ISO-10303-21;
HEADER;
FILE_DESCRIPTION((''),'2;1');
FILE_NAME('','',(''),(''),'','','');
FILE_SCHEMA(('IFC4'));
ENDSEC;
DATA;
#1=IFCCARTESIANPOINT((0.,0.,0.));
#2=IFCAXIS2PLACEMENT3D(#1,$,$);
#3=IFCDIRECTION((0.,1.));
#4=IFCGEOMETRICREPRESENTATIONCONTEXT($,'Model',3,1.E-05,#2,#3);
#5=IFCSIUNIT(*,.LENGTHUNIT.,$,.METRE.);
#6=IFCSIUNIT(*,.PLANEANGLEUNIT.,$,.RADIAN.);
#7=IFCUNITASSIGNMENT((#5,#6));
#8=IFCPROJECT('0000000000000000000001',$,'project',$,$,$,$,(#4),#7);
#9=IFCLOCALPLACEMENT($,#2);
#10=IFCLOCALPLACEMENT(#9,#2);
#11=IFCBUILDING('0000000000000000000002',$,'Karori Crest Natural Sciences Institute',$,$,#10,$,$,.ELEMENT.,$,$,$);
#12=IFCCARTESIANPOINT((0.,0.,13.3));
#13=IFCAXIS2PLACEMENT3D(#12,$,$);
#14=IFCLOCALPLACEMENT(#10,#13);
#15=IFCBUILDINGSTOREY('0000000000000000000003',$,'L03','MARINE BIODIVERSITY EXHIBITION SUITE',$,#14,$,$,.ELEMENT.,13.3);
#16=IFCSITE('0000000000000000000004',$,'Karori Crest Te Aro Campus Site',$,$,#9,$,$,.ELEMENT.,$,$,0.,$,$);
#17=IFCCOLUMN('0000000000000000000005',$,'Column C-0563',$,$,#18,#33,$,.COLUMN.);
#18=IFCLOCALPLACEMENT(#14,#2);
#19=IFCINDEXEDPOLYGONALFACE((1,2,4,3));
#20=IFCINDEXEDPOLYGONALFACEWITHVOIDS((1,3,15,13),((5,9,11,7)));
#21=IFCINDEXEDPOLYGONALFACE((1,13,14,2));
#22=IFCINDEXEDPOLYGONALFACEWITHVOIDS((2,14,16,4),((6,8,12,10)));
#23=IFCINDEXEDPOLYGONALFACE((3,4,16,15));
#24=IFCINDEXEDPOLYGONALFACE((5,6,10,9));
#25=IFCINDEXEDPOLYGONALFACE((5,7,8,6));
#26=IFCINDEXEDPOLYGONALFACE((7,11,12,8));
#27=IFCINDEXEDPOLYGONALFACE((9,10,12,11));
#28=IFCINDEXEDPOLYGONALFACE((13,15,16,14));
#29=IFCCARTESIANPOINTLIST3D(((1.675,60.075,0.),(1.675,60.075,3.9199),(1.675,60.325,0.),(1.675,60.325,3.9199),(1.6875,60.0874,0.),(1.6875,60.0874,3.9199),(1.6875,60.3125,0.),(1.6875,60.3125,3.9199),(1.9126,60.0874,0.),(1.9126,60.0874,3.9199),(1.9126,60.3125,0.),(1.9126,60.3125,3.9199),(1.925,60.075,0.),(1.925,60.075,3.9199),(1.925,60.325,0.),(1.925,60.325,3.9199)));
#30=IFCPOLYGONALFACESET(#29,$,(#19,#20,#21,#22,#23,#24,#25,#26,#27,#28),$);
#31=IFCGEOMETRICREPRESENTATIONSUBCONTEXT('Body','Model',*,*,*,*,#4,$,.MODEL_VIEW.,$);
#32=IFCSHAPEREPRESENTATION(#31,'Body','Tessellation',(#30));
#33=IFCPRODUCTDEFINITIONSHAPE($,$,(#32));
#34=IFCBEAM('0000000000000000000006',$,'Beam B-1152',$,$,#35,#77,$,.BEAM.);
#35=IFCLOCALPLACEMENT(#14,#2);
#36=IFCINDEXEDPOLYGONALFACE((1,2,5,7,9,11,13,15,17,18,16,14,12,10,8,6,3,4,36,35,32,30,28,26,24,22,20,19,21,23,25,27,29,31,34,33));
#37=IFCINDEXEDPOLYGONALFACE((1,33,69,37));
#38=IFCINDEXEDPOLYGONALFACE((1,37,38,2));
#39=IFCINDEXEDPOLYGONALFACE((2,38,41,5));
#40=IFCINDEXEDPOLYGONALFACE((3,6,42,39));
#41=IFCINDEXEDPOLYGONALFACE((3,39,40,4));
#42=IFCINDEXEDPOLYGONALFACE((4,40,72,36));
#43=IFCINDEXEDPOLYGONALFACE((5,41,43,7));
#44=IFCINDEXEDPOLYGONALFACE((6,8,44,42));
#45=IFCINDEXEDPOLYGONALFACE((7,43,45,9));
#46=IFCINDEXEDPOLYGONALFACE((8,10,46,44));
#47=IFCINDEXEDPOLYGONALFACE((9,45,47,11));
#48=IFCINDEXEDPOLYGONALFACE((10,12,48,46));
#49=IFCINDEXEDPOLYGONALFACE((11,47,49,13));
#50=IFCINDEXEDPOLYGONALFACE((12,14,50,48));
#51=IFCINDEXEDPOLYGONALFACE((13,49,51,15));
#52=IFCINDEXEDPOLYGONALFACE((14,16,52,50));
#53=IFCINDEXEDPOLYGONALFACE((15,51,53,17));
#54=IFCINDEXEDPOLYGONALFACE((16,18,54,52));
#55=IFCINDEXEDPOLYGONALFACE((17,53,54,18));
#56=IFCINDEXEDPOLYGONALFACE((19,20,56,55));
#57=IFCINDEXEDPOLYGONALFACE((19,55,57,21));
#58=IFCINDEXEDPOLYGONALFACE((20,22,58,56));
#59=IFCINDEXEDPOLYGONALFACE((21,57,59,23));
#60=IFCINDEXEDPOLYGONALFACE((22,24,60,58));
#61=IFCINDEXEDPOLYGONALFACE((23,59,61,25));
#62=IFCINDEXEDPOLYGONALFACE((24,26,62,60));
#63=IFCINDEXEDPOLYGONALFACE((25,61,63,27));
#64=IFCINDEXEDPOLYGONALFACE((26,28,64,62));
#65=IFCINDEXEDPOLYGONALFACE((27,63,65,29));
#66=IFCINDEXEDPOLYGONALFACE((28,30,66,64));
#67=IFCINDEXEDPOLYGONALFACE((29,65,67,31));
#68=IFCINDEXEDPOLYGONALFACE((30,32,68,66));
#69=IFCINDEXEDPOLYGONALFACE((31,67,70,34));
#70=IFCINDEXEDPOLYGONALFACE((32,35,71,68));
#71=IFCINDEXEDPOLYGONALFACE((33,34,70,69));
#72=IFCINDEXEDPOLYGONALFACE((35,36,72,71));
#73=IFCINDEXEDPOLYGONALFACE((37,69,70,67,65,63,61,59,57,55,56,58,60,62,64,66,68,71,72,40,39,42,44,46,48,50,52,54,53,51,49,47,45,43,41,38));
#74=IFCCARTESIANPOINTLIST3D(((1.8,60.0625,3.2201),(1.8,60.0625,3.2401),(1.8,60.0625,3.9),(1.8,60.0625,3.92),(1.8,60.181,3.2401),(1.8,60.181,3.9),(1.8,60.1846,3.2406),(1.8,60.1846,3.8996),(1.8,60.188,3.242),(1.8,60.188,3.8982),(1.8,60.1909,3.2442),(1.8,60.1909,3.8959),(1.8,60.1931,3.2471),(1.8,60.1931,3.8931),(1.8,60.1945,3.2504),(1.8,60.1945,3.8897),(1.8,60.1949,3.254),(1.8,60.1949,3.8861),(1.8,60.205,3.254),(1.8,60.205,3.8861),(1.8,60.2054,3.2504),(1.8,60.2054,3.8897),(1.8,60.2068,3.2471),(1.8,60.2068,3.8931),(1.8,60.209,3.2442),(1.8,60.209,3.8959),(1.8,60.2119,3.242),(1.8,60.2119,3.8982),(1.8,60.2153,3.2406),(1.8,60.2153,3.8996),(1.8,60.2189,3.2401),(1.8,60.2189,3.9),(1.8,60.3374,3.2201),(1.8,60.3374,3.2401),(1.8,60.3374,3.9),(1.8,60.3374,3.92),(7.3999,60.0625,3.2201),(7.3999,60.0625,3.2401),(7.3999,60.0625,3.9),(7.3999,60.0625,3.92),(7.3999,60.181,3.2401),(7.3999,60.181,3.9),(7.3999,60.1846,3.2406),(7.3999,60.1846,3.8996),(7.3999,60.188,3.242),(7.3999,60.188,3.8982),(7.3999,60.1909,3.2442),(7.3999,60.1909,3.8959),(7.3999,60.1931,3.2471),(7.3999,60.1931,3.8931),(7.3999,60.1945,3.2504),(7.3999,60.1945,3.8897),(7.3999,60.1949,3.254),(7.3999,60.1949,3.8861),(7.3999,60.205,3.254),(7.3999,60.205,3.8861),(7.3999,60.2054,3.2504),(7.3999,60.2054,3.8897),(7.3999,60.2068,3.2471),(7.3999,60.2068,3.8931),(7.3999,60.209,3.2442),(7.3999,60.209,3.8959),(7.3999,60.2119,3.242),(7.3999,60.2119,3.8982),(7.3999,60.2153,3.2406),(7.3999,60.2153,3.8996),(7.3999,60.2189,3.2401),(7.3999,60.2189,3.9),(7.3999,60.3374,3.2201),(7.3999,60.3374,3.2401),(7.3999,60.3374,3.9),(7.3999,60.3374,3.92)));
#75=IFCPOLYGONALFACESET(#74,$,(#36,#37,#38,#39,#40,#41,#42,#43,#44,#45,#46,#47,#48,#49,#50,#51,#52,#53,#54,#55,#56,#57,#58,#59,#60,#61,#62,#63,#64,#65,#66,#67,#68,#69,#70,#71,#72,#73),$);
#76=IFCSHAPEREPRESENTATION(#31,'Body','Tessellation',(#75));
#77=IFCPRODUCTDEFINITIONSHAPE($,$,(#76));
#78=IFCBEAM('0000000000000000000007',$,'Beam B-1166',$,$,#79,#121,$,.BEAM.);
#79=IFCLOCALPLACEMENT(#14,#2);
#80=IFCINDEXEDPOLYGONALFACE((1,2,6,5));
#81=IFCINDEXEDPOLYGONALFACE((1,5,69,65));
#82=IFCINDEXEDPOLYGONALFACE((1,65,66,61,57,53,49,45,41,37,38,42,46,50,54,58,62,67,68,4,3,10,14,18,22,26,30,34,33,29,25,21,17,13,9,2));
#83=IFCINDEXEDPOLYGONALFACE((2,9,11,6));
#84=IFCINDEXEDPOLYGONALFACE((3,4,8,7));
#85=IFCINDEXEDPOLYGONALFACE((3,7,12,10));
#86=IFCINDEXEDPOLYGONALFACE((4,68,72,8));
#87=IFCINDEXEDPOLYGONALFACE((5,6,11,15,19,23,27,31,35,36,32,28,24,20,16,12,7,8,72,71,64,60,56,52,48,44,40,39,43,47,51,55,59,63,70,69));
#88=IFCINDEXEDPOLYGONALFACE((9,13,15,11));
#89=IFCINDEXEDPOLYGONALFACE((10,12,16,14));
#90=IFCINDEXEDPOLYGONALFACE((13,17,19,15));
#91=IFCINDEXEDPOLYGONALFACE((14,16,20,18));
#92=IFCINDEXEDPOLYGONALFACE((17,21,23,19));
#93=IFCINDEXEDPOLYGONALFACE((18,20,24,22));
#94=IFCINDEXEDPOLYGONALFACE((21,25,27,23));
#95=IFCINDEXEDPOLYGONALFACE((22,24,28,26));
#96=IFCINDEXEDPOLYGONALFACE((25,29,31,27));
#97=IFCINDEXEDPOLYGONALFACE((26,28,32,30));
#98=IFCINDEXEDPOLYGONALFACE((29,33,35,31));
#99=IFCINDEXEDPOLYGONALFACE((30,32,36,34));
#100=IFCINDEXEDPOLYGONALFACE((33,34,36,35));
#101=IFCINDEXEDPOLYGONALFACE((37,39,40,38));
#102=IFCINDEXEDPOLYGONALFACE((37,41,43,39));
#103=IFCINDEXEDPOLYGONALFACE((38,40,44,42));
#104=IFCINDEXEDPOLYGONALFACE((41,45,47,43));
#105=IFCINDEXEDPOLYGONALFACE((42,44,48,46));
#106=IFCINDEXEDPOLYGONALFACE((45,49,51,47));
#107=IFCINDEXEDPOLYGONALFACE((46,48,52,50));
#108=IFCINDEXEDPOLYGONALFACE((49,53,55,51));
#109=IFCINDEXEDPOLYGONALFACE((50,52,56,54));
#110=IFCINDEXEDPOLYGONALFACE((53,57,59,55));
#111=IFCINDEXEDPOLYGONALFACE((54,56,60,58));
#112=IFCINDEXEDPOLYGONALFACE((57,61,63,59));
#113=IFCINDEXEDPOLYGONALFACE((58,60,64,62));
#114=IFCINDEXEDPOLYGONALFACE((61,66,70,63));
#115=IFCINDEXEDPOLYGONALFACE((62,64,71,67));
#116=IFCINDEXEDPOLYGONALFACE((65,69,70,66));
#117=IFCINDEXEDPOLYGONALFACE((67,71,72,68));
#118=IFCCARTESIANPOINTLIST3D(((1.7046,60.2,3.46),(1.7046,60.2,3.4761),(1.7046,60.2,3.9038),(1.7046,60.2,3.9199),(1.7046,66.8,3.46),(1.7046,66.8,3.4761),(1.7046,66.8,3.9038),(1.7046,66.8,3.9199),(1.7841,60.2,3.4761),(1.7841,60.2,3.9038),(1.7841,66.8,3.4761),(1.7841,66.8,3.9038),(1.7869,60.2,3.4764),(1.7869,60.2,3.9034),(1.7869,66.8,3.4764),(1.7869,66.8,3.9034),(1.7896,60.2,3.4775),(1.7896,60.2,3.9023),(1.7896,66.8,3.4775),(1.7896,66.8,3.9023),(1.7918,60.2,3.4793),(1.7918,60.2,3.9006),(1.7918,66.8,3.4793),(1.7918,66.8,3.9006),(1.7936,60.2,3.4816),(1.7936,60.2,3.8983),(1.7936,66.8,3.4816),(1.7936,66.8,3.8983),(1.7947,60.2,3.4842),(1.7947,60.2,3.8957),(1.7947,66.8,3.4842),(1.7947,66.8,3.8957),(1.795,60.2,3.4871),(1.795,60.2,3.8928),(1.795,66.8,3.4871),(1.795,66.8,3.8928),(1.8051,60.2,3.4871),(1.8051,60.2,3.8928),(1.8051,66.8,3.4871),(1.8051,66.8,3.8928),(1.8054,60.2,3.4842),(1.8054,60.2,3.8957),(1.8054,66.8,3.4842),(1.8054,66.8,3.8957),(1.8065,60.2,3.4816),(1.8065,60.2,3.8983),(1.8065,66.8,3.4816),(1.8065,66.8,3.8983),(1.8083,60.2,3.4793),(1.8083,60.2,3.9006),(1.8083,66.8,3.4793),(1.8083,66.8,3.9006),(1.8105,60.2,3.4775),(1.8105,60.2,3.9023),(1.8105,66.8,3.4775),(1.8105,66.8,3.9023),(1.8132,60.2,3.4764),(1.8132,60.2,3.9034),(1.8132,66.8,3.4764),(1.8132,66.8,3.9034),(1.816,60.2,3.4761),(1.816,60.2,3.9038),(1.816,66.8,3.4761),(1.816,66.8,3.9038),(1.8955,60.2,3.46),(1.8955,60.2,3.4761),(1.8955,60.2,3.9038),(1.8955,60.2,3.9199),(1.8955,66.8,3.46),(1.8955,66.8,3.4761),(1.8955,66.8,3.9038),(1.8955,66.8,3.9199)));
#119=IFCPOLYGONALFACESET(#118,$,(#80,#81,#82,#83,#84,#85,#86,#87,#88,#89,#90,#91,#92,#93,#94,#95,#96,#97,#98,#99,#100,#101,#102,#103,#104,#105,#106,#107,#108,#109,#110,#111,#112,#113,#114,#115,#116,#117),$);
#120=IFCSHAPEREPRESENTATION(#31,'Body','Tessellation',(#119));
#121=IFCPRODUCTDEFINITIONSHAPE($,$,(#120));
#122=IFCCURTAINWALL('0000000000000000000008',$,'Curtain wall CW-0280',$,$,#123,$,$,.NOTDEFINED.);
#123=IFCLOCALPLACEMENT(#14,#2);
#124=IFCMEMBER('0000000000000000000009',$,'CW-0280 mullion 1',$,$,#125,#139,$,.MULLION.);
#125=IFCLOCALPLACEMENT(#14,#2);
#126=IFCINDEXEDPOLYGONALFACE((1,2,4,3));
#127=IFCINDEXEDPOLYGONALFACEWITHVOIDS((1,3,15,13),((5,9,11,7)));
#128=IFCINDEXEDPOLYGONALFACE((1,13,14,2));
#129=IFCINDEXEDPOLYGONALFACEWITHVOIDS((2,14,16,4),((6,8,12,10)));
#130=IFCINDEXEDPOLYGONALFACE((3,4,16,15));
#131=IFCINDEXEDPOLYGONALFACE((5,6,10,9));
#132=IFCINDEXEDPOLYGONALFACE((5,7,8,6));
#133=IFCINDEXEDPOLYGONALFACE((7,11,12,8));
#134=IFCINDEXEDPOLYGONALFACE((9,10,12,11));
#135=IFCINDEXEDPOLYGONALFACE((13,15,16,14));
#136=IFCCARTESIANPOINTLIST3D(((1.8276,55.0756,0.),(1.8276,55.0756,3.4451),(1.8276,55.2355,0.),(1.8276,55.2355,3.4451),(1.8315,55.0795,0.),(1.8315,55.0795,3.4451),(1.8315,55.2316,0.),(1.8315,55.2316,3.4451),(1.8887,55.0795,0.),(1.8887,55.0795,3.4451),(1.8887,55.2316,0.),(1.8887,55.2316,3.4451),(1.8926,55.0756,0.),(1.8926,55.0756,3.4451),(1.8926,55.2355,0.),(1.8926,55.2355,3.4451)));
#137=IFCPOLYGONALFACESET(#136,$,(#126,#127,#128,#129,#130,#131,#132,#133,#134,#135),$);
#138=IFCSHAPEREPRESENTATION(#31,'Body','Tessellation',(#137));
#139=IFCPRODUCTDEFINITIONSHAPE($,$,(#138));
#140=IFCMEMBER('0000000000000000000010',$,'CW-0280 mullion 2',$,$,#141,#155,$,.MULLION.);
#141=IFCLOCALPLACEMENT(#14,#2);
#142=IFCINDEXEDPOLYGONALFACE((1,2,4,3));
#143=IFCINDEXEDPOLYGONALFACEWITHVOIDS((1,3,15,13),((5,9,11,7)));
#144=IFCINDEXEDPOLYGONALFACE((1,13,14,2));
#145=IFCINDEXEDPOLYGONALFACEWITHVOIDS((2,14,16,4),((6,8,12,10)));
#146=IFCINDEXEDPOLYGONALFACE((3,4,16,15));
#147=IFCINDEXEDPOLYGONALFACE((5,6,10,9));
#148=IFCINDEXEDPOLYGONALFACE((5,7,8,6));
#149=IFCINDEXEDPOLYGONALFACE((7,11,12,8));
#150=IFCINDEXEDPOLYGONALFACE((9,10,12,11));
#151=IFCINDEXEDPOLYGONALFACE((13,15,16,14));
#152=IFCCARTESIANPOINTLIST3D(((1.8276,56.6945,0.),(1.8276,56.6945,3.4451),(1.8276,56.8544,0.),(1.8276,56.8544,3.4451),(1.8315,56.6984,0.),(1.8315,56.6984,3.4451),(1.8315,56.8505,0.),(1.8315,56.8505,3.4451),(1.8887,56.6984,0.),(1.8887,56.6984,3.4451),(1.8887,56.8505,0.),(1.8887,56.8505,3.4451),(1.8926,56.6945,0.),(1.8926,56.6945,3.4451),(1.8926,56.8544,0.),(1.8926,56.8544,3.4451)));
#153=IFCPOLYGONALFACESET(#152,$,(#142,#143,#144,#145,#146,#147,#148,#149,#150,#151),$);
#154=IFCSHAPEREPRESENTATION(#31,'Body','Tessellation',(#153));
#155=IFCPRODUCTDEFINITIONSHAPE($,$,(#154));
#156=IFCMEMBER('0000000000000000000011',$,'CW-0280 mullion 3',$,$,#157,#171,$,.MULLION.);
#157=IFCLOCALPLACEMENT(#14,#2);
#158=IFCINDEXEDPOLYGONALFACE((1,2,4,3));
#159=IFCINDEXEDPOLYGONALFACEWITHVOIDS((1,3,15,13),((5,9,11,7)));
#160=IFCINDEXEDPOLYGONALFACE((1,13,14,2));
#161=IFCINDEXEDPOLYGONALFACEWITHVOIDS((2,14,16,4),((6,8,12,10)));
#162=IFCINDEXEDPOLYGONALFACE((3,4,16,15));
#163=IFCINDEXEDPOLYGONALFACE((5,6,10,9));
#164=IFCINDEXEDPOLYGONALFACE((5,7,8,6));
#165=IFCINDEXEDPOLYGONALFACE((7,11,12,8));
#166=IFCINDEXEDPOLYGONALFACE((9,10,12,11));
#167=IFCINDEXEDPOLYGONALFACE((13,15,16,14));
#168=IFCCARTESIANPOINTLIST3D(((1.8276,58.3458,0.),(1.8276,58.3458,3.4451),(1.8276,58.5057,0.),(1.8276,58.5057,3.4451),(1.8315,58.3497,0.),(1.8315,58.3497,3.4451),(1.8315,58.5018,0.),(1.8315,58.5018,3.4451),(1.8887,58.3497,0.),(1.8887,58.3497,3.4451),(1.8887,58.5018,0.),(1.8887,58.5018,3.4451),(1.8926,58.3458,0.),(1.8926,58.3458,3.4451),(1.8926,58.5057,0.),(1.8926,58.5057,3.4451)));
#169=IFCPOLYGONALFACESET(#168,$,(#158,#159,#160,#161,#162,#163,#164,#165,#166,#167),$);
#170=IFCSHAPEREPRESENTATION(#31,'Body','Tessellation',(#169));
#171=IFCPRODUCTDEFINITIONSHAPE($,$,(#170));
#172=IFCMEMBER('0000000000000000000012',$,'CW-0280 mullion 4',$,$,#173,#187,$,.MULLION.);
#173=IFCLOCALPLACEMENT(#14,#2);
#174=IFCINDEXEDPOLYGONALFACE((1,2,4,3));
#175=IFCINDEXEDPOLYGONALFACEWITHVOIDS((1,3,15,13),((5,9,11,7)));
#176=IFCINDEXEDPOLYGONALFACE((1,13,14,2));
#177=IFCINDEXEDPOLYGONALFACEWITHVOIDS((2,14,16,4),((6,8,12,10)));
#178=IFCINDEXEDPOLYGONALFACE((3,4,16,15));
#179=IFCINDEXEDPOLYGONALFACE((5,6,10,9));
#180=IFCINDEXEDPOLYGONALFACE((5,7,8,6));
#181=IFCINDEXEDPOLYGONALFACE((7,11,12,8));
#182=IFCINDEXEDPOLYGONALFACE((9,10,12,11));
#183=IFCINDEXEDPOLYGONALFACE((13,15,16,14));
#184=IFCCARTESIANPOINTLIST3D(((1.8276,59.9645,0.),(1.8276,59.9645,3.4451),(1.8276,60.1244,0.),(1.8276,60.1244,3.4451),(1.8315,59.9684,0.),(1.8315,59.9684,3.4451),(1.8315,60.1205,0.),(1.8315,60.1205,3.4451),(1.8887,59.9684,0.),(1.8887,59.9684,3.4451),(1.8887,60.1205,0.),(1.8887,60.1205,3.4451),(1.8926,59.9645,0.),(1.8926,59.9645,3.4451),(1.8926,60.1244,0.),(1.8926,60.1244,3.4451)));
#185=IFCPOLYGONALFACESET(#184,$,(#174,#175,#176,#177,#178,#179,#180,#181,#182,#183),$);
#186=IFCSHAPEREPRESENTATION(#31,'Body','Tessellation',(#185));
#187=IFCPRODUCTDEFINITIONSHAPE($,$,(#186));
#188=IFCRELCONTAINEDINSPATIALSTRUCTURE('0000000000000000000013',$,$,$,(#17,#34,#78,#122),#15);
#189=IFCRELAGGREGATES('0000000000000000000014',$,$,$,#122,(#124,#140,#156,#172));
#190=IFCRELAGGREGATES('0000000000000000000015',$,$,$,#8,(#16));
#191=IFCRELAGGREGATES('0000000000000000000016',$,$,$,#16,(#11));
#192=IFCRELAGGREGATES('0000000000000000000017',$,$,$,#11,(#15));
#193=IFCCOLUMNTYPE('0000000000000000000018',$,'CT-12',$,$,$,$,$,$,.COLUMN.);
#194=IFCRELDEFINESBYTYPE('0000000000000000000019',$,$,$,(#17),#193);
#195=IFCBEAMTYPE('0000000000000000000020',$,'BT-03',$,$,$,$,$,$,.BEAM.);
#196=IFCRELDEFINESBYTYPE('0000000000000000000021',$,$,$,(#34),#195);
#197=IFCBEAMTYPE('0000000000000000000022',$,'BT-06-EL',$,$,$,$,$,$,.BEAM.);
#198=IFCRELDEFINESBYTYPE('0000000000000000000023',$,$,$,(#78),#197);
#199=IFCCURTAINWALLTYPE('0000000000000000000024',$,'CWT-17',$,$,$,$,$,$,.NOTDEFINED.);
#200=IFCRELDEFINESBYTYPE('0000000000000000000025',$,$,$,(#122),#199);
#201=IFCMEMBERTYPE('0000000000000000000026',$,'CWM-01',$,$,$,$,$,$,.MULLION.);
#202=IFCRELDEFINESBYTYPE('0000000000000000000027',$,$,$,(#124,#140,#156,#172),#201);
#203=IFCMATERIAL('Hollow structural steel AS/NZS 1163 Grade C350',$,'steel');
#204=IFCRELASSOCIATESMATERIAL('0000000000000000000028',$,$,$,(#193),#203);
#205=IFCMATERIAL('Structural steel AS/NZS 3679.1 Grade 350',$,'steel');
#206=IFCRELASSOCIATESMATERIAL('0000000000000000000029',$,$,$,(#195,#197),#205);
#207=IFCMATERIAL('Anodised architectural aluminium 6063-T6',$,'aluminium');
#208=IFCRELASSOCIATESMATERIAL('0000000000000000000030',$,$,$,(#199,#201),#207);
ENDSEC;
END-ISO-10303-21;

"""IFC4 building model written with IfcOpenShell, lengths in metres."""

from ifc_helpers import new_model, si_unit, direction, frame, origin, origin_2d, place, context, subcontext, project, spatial, hollow_rectangle, i_section, extrude, material, material_profile, profile_set, type_object, element, aggregate, save


model = new_model("IFC4")

# Units and contexts
model_context = context("Model", 3, precision=1e-05, world=origin(), true_north=direction((0.0, 1.0)))
body_context = subcontext(model_context, "Body", "Model", "MODEL_VIEW")
ifc_project = project(units=[si_unit("LENGTHUNIT", "METRE"), si_unit("PLANEANGLEUNIT", "RADIAN")], contexts=[model_context])

# Site, building, storey
site_placement = place(None, origin())
site = spatial("IfcSite", under=ifc_project, at=site_placement, Name="Karori Crest Te Aro Campus Site", CompositionType="ELEMENT", RefElevation=0.0)
building_placement = place(site_placement, origin())
building = spatial("IfcBuilding", under=site, at=building_placement, Name="Karori Crest Natural Sciences Institute", CompositionType="ELEMENT")
storey_placement = place(building_placement, frame((0.0, 0.0, 13.3)))
storey = spatial("IfcBuildingStorey", under=building, at=storey_placement, Name="L03", Description="MARINE BIODIVERSITY EXHIBITION SUITE", CompositionType="ELEMENT", Elevation=13.3)

# Column
ifc_material_1 = material(Name="Hollow structural steel AS/NZS 1163 Grade C350", Category="steel")
ifc_material_profile_1 = material_profile(ifc_material_1, hollow_rectangle(XDim=0.25, YDim=0.25, WallThickness=0.0125, at=origin_2d()), Name="SHS250x250x12.5")
ifc_profile_set_1 = profile_set([ifc_material_profile_1], Name="Hollow structural steel AS/NZS 1163 Grade C350")
column_type = type_object("IfcColumnType", Name="CT-12", PredefinedType="COLUMN", material=ifc_profile_set_1)
column_placement = place(storey_placement, frame((1.8, 60.2, 0.0), z_axis=(0.0, 0.0, 1.0), x_axis=(1.0, 0.0, 0.0)))
element("IfcColumn", 1, at=column_placement, inside=storey, type_object=column_type, Name="Column C-0563", PredefinedType="COLUMN", context=body_context, shape_type="SweptSolid", body=[
    extrude(hollow_rectangle(XDim=0.25, YDim=0.25, WallThickness=0.0125, at=origin_2d()), origin(), (0.0, 0.0, 1.0), 3.9199),
])

# Beams
ifc_material_2 = material(Name="Structural steel AS/NZS 3679.1 Grade 350", Category="steel")
ifc_material_profile_2 = material_profile(ifc_material_2, i_section(OverallWidth=0.2749, OverallDepth=0.7, WebThickness=0.01, FlangeThickness=0.02, FilletRadius=0.0139, at=origin_2d()), Name="700WB150")
ifc_profile_set_2 = profile_set([ifc_material_profile_2], Name="Structural steel AS/NZS 3679.1 Grade 350")
beam_type_1 = type_object("IfcBeamType", Name="BT-03", PredefinedType="BEAM", material=ifc_profile_set_2)
beam_1_placement = place(storey_placement, frame((1.8, 60.2, 3.5701), z_axis=(1.0, 0.0, 0.0), x_axis=(0.0, 1.0, 0.0)))
element("IfcBeam", 2, at=beam_1_placement, inside=storey, type_object=beam_type_1, Name="Beam B-1152", PredefinedType="BEAM", context=body_context, shape_type="SweptSolid", body=[
    extrude(i_section(OverallWidth=0.2749, OverallDepth=0.7, WebThickness=0.01, FlangeThickness=0.02, FilletRadius=0.0139, at=origin_2d()), origin(), (0.0, 0.0, 1.0), 5.5999),
])
ifc_material_profile_3 = material_profile(ifc_material_2, i_section(OverallWidth=0.1909, OverallDepth=0.46, WebThickness=0.01, FlangeThickness=0.0161, FilletRadius=0.011, at=origin_2d()), Name="460UB82.1")
ifc_profile_set_3 = profile_set([ifc_material_profile_3], Name="Structural steel AS/NZS 3679.1 Grade 350")
beam_type_2 = type_object("IfcBeamType", Name="BT-06-EL", PredefinedType="BEAM", material=ifc_profile_set_3)
beam_2_placement = place(storey_placement, frame((1.8, 60.2, 3.6899), z_axis=(0.0, 1.0, 0.0), x_axis=(-1.0, 0.0, 0.0)))
element("IfcBeam", 3, at=beam_2_placement, inside=storey, type_object=beam_type_2, Name="Beam B-1166", PredefinedType="BEAM", context=body_context, shape_type="SweptSolid", body=[
    extrude(i_section(OverallWidth=0.1909, OverallDepth=0.46, WebThickness=0.01, FlangeThickness=0.0161, FilletRadius=0.011, at=origin_2d()), origin(), (0.0, 0.0, 1.0), 6.6001),
])

# Curtain wall, members
ifc_material_3 = material(Name="Anodised architectural aluminium 6063-T6", Category="aluminium")
curtain_wall_type = type_object("IfcCurtainWallType", Name="CWT-17", PredefinedType="NOTDEFINED", material=ifc_material_3)
curtain_wall_1_placement = place(storey_placement, origin())
curtain_wall_1 = element("IfcCurtainWall", 4, at=curtain_wall_1_placement, inside=storey, type_object=curtain_wall_type, Name="Curtain wall CW-0280", PredefinedType="NOTDEFINED")
ifc_material_profile_4 = material_profile(ifc_material_3, hollow_rectangle(XDim=0.0649, YDim=0.1599, WallThickness=0.0039, at=origin_2d()), Name="CWM160x65x4")
ifc_profile_set_4 = profile_set([ifc_material_profile_4], Name="Anodised architectural aluminium 6063-T6")
member_type_1 = type_object("IfcMemberType", Name="CWM-01", PredefinedType="MULLION", material=ifc_profile_set_4)
member_1_placement = place(storey_placement, frame((1.8601, 55.1555, 0.0), z_axis=(0.0, 0.0, 1.0), x_axis=(-1.0, 0.0, 0.0)))
member_1 = element("IfcMember", 5, at=member_1_placement, type_object=member_type_1, Name="CW-0280 mullion 1", PredefinedType="MULLION", context=body_context, shape_type="SweptSolid", body=[
    extrude(hollow_rectangle(XDim=0.0649, YDim=0.1599, WallThickness=0.0039, at=origin_2d()), origin(), (0.0, 0.0, 1.0), 3.4451),
])
member_2_placement = place(storey_placement, frame((1.8601, 56.7744, 0.0), z_axis=(0.0, 0.0, 1.0), x_axis=(-1.0, 0.0, 0.0)))
member_2 = element("IfcMember", 6, at=member_2_placement, type_object=member_type_1, Name="CW-0280 mullion 2", PredefinedType="MULLION", context=body_context, shape_type="SweptSolid", body=[
    extrude(hollow_rectangle(XDim=0.0649, YDim=0.1599, WallThickness=0.0039, at=origin_2d()), origin(), (0.0, 0.0, 1.0), 3.4451),
])
member_3_placement = place(storey_placement, frame((1.8601, 58.4258, 0.0), z_axis=(0.0, 0.0, 1.0), x_axis=(-1.0, 0.0, 0.0)))
member_3 = element("IfcMember", 7, at=member_3_placement, type_object=member_type_1, Name="CW-0280 mullion 3", PredefinedType="MULLION", context=body_context, shape_type="SweptSolid", body=[
    extrude(hollow_rectangle(XDim=0.0649, YDim=0.1599, WallThickness=0.0039, at=origin_2d()), origin(), (0.0, 0.0, 1.0), 3.4451),
])
member_4_placement = place(storey_placement, frame((1.8601, 60.0444, 0.0), z_axis=(0.0, 0.0, 1.0), x_axis=(-1.0, 0.0, 0.0)))
member_4 = element("IfcMember", 8, at=member_4_placement, type_object=member_type_1, Name="CW-0280 mullion 4", PredefinedType="MULLION", context=body_context, shape_type="SweptSolid", body=[
    extrude(hollow_rectangle(XDim=0.0649, YDim=0.1599, WallThickness=0.0039, at=origin_2d()), origin(), (0.0, 0.0, 1.0), 3.4451),
])

aggregate(curtain_wall_1, [member_1, member_2, member_3, member_4])

save(model, "model.ifc")
